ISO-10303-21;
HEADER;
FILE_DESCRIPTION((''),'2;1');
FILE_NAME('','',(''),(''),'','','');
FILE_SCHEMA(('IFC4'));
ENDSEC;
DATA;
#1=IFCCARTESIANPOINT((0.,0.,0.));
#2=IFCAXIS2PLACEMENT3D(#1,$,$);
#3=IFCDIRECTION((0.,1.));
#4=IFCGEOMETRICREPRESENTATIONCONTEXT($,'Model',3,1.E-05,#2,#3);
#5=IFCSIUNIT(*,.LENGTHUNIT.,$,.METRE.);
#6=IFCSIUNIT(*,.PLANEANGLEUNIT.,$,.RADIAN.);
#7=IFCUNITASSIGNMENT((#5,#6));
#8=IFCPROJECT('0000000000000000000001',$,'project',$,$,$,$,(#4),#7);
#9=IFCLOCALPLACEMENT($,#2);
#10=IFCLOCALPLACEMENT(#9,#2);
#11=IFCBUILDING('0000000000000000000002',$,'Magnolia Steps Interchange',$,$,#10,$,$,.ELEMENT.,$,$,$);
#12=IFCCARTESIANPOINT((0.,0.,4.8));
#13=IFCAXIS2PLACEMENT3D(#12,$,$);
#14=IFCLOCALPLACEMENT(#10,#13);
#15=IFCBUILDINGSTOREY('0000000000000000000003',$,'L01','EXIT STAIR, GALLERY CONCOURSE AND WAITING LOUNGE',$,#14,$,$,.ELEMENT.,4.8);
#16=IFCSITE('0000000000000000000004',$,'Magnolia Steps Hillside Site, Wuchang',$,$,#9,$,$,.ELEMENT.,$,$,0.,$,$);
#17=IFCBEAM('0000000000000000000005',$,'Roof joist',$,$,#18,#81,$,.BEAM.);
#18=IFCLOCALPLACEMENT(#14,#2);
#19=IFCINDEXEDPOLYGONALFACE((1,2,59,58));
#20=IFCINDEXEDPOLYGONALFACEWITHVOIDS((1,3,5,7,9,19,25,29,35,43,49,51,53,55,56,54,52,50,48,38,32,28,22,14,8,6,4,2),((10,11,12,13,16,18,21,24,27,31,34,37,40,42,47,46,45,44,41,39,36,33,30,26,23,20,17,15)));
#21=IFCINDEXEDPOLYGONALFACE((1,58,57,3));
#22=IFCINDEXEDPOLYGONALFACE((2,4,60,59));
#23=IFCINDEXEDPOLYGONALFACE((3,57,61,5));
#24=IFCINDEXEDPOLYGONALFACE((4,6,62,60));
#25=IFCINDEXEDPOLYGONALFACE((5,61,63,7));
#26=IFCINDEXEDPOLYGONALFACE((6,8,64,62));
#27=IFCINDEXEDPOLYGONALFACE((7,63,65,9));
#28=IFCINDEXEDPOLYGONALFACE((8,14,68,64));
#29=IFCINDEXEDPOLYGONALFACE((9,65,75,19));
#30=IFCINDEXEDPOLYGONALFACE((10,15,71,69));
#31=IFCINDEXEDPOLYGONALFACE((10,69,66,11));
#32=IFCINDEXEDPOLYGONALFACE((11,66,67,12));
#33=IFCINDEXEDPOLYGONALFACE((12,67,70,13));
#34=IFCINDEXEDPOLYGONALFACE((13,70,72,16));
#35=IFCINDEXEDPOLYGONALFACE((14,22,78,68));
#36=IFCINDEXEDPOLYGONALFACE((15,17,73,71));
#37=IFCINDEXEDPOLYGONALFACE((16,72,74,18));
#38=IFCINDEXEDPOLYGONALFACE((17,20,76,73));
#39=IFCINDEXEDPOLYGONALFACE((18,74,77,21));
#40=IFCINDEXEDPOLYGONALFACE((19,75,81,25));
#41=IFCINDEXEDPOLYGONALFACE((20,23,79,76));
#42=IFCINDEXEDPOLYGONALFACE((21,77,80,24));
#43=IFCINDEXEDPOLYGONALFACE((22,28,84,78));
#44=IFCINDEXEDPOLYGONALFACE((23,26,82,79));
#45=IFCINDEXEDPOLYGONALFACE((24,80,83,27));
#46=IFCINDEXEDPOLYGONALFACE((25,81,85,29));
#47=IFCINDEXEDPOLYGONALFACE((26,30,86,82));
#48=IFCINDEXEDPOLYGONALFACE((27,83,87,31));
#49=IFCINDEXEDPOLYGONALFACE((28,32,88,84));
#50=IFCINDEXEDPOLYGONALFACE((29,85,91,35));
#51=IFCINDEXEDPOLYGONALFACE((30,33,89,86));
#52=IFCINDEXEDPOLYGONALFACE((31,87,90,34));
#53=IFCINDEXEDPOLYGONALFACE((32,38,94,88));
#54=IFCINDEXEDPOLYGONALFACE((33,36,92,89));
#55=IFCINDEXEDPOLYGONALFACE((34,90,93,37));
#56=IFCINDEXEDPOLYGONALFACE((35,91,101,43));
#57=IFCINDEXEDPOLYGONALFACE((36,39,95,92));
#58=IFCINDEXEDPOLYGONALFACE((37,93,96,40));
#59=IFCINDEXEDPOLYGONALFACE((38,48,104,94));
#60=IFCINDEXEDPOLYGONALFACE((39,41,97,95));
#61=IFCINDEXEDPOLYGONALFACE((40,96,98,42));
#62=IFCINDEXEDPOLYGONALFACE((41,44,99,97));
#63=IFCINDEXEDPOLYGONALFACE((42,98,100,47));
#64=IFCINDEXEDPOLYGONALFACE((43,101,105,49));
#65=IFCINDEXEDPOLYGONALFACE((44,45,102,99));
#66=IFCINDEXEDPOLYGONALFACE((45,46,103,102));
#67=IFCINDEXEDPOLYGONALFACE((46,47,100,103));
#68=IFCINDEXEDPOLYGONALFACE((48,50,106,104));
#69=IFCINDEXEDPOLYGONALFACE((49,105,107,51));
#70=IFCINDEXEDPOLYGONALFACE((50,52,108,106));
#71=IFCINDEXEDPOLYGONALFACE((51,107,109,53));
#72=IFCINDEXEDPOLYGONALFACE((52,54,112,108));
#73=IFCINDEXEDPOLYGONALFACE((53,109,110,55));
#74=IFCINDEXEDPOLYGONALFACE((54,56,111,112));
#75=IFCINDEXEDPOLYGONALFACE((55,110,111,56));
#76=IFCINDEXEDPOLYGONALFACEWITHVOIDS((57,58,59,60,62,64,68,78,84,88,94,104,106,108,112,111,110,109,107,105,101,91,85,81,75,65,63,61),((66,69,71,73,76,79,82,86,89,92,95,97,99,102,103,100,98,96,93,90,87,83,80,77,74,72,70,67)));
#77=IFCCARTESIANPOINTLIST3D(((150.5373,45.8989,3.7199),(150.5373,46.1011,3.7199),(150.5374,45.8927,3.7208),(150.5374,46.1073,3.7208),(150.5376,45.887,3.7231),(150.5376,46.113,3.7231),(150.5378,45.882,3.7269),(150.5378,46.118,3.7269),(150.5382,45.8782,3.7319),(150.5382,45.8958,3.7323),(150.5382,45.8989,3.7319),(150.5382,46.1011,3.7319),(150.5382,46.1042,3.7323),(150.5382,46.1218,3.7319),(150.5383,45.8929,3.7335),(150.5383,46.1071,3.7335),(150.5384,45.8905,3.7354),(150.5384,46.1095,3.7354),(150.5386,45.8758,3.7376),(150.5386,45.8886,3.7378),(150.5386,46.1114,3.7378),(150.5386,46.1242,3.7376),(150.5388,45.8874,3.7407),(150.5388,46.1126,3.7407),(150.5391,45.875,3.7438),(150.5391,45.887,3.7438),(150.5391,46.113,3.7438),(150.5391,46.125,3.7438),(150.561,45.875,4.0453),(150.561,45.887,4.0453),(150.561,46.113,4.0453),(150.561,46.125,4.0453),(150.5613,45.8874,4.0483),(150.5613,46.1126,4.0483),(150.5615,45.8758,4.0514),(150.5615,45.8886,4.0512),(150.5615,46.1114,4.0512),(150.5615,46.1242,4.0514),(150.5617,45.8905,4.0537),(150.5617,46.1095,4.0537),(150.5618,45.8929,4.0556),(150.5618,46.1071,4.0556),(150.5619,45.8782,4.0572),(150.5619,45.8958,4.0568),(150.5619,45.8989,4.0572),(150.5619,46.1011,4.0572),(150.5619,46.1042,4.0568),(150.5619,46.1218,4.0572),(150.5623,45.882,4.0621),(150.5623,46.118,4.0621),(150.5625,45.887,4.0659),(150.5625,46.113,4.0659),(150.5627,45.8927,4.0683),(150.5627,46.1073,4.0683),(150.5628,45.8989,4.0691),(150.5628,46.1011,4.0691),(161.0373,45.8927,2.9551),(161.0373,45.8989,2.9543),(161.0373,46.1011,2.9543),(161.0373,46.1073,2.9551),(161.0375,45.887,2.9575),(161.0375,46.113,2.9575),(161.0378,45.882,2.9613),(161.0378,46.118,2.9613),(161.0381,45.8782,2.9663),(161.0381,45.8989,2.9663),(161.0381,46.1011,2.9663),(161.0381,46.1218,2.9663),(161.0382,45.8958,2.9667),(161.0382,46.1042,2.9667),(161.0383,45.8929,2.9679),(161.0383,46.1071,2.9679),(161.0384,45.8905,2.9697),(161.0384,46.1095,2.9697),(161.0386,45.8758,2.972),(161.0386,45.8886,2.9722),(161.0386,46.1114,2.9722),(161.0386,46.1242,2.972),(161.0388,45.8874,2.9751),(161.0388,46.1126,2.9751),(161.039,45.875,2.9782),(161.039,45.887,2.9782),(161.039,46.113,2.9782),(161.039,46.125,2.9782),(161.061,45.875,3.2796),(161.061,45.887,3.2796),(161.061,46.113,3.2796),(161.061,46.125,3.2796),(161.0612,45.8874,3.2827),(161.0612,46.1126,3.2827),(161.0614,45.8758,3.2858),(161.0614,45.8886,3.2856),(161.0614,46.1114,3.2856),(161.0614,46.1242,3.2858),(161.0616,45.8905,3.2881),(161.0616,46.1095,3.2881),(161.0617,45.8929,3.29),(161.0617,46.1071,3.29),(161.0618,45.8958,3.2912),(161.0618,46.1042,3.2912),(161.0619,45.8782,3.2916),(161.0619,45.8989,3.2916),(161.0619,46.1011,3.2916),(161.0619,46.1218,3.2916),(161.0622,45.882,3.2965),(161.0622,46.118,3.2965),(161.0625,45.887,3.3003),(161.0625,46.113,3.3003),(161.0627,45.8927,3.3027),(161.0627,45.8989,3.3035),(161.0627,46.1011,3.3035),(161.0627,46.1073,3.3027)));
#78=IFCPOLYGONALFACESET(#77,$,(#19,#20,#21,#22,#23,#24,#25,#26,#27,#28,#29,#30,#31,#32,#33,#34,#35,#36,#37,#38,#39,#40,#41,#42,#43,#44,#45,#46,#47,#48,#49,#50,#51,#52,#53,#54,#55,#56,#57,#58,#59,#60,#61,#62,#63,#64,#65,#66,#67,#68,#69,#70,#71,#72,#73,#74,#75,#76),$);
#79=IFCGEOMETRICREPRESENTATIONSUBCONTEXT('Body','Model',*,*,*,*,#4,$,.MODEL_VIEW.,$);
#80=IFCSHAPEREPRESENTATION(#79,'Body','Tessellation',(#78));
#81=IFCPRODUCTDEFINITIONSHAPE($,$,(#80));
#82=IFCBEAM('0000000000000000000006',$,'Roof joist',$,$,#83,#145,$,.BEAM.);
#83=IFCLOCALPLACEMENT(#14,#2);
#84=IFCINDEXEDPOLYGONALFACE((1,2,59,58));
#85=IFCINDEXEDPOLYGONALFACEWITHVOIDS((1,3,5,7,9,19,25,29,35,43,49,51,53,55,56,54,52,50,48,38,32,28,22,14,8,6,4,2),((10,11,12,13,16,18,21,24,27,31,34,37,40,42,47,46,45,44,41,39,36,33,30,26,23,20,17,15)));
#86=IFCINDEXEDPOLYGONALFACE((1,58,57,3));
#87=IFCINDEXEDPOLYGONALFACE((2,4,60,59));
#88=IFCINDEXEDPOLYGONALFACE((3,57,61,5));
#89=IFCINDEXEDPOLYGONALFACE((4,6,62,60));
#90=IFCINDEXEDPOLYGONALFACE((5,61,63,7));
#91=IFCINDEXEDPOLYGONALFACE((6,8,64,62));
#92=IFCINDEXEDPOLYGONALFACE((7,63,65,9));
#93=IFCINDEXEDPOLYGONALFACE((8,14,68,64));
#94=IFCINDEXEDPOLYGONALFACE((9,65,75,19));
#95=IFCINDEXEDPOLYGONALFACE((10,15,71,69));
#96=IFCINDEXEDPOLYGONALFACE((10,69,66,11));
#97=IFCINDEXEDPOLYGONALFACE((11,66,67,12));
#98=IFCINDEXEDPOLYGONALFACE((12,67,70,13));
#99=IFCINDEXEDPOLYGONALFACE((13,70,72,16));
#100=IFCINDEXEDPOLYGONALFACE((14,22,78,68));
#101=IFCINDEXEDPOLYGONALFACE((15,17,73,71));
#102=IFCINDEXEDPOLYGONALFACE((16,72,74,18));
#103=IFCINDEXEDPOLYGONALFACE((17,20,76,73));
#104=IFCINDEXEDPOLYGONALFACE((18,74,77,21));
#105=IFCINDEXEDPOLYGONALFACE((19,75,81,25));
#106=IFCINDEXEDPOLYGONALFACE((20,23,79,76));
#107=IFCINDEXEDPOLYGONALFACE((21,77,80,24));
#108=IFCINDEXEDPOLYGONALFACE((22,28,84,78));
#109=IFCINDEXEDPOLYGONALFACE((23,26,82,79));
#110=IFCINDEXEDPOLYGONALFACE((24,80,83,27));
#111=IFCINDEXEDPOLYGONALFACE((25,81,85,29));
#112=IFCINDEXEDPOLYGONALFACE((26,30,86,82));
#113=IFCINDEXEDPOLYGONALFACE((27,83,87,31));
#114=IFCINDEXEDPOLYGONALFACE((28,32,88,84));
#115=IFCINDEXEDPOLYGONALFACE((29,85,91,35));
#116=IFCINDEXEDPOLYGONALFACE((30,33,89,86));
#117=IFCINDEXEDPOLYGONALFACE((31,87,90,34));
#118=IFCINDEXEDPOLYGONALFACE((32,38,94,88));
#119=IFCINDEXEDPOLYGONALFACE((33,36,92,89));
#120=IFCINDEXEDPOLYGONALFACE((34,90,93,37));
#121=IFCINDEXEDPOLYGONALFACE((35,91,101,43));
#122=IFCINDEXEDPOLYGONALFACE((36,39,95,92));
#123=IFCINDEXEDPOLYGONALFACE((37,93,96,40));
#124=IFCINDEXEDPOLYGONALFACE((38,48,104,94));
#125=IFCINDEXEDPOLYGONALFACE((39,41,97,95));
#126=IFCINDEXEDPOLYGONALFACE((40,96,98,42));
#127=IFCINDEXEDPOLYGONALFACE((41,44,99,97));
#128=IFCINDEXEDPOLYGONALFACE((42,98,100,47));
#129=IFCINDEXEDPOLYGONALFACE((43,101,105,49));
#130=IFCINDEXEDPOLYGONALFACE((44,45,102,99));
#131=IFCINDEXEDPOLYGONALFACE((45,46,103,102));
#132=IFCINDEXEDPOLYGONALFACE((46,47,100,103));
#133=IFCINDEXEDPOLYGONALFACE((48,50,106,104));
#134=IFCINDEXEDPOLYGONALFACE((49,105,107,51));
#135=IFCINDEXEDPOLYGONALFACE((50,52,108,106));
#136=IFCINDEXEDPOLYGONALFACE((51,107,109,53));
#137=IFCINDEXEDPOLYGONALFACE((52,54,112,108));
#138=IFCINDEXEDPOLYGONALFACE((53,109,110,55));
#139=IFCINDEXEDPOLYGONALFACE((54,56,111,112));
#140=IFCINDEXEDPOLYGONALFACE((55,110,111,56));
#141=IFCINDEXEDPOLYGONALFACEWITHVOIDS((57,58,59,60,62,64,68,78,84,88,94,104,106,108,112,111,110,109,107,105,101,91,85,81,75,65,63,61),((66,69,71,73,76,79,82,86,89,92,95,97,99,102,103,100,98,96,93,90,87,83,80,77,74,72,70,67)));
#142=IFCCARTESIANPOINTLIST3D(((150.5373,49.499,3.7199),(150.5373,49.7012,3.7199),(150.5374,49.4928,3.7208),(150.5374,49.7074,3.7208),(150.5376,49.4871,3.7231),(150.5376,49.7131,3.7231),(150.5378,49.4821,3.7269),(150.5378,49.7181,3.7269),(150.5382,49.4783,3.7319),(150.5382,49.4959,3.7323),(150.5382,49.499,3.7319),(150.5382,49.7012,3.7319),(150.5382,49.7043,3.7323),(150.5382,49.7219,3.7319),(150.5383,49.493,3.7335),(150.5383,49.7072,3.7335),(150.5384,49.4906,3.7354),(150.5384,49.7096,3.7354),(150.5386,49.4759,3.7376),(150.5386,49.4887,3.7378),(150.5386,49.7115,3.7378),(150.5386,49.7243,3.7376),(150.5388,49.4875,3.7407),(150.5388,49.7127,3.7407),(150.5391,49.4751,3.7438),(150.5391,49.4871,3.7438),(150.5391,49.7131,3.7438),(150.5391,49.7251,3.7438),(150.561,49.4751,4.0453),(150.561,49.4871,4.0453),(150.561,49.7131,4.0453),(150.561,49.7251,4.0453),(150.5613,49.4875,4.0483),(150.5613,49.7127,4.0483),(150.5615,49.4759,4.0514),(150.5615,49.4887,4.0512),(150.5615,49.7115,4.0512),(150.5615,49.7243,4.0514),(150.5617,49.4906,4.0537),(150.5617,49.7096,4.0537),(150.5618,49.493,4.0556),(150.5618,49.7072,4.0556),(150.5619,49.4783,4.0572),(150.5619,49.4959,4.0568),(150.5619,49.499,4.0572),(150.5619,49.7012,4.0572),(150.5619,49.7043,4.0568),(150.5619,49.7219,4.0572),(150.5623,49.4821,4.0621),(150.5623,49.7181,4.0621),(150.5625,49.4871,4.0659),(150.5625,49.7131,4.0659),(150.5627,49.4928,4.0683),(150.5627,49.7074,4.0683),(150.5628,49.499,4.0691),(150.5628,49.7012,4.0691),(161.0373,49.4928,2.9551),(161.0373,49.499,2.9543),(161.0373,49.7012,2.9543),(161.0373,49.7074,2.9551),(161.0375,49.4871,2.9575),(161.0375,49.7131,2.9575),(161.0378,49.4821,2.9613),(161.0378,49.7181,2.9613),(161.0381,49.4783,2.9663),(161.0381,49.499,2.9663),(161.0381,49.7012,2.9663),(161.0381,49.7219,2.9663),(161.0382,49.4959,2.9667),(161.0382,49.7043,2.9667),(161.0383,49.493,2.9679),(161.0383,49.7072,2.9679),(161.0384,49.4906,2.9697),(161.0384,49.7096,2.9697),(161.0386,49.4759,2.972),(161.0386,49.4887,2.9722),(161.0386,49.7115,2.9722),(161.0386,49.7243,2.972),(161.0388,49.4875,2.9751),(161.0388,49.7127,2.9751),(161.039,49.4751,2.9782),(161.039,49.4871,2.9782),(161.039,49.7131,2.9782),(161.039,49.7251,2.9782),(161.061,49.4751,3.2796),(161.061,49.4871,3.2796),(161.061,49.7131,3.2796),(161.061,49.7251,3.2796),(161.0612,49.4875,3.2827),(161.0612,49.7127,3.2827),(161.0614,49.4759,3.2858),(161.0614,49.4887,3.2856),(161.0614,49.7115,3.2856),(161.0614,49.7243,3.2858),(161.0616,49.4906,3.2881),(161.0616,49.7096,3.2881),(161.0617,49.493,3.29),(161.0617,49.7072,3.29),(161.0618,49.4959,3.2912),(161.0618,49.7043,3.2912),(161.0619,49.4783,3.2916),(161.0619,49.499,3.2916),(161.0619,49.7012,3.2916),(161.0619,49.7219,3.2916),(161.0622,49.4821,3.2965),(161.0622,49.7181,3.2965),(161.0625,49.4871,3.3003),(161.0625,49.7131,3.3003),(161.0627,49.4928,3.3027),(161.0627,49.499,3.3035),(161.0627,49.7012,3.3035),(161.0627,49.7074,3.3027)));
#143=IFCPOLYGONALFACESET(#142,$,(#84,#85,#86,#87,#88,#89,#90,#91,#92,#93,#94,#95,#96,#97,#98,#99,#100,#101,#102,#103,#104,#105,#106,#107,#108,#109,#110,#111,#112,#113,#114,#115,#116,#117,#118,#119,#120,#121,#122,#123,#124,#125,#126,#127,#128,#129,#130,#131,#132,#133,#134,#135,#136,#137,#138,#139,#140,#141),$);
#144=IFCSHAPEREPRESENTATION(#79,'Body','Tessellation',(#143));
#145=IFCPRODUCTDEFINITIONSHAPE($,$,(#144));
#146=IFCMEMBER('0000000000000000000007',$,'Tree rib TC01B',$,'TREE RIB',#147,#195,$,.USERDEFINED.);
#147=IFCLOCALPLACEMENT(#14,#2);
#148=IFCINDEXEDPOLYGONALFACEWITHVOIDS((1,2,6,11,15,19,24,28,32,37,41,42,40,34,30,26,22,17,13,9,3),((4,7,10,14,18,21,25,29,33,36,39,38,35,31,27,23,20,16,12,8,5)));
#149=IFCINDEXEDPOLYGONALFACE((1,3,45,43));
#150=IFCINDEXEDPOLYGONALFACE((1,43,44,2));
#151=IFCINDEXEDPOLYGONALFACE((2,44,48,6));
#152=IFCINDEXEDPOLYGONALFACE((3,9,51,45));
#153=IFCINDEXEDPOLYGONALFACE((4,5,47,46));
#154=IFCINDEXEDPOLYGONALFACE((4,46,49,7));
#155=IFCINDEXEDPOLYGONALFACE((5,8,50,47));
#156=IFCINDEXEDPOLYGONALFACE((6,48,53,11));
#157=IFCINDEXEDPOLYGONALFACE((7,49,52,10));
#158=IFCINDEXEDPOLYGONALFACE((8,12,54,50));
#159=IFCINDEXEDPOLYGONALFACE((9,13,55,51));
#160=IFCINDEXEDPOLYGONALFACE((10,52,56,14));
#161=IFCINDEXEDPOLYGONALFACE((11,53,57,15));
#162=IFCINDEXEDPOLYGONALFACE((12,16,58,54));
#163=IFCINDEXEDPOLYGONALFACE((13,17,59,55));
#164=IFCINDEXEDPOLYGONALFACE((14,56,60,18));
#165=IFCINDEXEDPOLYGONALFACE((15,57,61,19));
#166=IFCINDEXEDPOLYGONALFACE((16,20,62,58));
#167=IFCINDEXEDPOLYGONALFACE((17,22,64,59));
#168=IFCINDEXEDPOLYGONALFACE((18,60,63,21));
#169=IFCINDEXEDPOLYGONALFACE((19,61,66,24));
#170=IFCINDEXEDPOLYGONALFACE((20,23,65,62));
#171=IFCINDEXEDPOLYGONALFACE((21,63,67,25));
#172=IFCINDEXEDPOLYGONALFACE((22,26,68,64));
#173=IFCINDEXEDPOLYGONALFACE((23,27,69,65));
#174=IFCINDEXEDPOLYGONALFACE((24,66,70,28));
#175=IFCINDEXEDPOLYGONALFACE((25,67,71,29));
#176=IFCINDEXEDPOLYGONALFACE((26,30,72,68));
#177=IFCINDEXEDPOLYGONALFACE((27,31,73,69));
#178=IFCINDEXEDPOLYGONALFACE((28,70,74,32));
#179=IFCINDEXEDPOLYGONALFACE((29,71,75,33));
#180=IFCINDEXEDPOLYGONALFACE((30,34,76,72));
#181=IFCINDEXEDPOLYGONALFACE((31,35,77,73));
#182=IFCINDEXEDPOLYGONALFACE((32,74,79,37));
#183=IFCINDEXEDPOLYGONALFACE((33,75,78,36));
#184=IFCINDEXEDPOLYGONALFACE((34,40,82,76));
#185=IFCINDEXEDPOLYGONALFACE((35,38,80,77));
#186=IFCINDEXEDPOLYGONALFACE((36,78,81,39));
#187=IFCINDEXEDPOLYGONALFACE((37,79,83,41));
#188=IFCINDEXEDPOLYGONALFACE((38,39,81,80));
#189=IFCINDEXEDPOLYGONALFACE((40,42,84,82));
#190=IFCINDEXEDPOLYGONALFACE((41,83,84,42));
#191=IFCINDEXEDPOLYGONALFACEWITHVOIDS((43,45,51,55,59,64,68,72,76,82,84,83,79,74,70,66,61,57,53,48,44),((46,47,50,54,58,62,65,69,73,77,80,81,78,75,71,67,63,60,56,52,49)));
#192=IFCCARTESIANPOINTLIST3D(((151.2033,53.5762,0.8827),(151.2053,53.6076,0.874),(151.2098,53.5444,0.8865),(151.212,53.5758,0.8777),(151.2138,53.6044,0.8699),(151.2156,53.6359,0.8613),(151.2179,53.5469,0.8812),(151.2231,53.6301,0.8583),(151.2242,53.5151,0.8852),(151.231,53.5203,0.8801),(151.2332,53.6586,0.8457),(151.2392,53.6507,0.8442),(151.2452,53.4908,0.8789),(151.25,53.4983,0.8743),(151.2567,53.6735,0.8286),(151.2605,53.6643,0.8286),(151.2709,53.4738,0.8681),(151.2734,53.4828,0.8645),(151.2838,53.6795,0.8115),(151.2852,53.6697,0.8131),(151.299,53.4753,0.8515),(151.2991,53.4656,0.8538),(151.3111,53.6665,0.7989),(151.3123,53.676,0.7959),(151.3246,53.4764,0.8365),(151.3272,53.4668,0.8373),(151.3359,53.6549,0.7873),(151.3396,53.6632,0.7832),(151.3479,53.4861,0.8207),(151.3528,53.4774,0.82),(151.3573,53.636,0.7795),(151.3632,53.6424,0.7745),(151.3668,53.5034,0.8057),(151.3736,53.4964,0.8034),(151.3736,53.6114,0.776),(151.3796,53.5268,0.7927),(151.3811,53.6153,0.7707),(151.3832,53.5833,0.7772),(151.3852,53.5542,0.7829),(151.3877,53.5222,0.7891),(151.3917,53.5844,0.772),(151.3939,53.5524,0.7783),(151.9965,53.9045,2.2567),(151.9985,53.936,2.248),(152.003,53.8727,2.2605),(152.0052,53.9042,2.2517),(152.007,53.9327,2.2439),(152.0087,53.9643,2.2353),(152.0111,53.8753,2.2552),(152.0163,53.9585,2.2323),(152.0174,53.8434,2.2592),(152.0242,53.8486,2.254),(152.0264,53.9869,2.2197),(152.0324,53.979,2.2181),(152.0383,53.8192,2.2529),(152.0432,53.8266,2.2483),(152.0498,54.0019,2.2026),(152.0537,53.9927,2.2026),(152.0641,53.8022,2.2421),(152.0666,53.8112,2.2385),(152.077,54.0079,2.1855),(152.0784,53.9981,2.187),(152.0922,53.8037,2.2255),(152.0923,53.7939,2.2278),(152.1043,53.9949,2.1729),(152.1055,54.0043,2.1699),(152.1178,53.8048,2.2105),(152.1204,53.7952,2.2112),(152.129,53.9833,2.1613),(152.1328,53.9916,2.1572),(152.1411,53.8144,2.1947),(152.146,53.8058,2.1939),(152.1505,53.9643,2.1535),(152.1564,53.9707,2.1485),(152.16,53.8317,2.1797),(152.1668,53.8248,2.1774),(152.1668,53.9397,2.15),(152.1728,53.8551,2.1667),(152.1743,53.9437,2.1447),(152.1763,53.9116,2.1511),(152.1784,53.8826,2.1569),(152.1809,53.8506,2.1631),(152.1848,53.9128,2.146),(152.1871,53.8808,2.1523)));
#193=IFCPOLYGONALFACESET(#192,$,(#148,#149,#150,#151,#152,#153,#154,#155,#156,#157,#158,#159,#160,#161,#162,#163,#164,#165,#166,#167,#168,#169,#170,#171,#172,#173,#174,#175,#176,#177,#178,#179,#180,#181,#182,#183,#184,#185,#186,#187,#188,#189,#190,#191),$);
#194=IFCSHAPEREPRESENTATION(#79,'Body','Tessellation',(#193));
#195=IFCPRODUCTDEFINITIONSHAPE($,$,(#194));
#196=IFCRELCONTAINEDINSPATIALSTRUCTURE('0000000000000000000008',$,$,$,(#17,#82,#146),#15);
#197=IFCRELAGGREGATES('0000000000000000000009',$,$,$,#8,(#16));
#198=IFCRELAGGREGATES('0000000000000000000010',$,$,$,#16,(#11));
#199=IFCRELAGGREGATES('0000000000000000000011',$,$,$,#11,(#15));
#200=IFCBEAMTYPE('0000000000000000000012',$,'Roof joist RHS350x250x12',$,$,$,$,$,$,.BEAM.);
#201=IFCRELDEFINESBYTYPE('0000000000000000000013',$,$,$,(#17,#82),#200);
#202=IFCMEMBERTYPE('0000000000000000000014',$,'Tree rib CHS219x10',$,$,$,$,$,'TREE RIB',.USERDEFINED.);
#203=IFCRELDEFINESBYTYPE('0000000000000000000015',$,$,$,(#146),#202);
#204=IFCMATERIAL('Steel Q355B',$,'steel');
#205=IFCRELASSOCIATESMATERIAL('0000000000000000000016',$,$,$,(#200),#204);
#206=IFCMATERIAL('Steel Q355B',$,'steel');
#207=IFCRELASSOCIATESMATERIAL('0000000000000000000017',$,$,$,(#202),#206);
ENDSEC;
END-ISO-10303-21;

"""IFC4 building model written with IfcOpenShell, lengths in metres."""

from ifc_helpers import new_model, si_unit, direction, frame, origin, origin_2d, place, context, subcontext, project, spatial, hollow_rectangle, hollow_circle, extrude, material, material_profile, profile_set, type_object, element, save


model = new_model("IFC4")

# Units and contexts
model_context = context("Model", 3, precision=1e-05, world=origin(), true_north=direction((0.0, 1.0)))
body_context = subcontext(model_context, "Body", "Model", "MODEL_VIEW")
ifc_project = project(units=[si_unit("LENGTHUNIT", "METRE"), si_unit("PLANEANGLEUNIT", "RADIAN")], contexts=[model_context])

# Site, building, storey
site_placement = place(None, origin())
site = spatial("IfcSite", under=ifc_project, at=site_placement, Name="Magnolia Steps Hillside Site, Wuchang", CompositionType="ELEMENT", RefElevation=0.0)
building_placement = place(site_placement, origin())
building = spatial("IfcBuilding", under=site, at=building_placement, Name="Magnolia Steps Interchange", CompositionType="ELEMENT")
storey_placement = place(building_placement, frame((0.0, 0.0, 4.8)))
storey = spatial("IfcBuildingStorey", under=building, at=storey_placement, Name="L01", Description="EXIT STAIR, GALLERY CONCOURSE AND WAITING LOUNGE", CompositionType="ELEMENT", Elevation=4.8)

# Beams
ifc_material_1 = material(Name="Steel Q355B", Category="steel")
ifc_material_profile_1 = material_profile(ifc_material_1, hollow_rectangle(XDim=0.25, YDim=0.3501, WallThickness=0.012, InnerFilletRadius=0.012, OuterFilletRadius=0.0239, at=origin_2d()), Name="RHS350x250x12")
ifc_profile_set_1 = profile_set([ifc_material_profile_1], Name="Steel Q355B")
beam_type_1 = type_object("IfcBeamType", Name="Roof joist RHS350x250x12", PredefinedType="BEAM", material=ifc_profile_set_1)
for number, where, z_axis, x_axis, name in (
    (1, (150.55, 46.0, 3.8945), (0.997352, 0.0, -0.072724), (0.0, 1.0, 0.0), "Roof joist"),
    (2, (150.55, 49.6001, 3.8945), (0.997352, 0.0, -0.072724), (0.0, 1.0, 0.0), "Roof joist"),
):
    element("IfcBeam", number, at=place(storey_placement, frame(where, z_axis=z_axis, x_axis=x_axis)), inside=storey, type_object=beam_type_1, Name=name, PredefinedType="BEAM", context=body_context, shape_type="SweptSolid", body=[
        extrude(hollow_rectangle(XDim=0.25, YDim=0.3501, WallThickness=0.012, InnerFilletRadius=0.012, OuterFilletRadius=0.0239, at=origin_2d()), origin(), (0.0, 0.0, 1.0), 10.5278),
    ])

# Member
ifc_material_2 = material(Name="Steel Q355B", Category="steel")
ifc_material_profile_2 = material_profile(ifc_material_2, hollow_circle(Radius=0.1096, WallThickness=0.01, at=origin_2d()), Name="CHS219x10")
ifc_profile_set_2 = profile_set([ifc_material_profile_2], Name="Steel Q355B")
member_type = type_object("IfcMemberType", Name="Tree rib CHS219x10", ElementType="TREE RIB", PredefinedType="USERDEFINED", material=ifc_profile_set_2)
member_1_placement = place(storey_placement, frame((151.2986, 53.5723, 0.8286), z_axis=(0.489586, 0.202676, 0.848073), x_axis=(-0.382494, 0.923958, 0.0)))
element("IfcMember", 3, at=member_1_placement, inside=storey, type_object=member_type, Name="Tree rib TC01B", ObjectType="TREE RIB", PredefinedType="USERDEFINED", context=body_context, shape_type="SweptSolid", body=[
    extrude(hollow_circle(Radius=0.1096, WallThickness=0.01, at=origin_2d()), origin(), (0.0, 0.0, 1.0), 1.6201),
])

save(model, "model.ifc")
